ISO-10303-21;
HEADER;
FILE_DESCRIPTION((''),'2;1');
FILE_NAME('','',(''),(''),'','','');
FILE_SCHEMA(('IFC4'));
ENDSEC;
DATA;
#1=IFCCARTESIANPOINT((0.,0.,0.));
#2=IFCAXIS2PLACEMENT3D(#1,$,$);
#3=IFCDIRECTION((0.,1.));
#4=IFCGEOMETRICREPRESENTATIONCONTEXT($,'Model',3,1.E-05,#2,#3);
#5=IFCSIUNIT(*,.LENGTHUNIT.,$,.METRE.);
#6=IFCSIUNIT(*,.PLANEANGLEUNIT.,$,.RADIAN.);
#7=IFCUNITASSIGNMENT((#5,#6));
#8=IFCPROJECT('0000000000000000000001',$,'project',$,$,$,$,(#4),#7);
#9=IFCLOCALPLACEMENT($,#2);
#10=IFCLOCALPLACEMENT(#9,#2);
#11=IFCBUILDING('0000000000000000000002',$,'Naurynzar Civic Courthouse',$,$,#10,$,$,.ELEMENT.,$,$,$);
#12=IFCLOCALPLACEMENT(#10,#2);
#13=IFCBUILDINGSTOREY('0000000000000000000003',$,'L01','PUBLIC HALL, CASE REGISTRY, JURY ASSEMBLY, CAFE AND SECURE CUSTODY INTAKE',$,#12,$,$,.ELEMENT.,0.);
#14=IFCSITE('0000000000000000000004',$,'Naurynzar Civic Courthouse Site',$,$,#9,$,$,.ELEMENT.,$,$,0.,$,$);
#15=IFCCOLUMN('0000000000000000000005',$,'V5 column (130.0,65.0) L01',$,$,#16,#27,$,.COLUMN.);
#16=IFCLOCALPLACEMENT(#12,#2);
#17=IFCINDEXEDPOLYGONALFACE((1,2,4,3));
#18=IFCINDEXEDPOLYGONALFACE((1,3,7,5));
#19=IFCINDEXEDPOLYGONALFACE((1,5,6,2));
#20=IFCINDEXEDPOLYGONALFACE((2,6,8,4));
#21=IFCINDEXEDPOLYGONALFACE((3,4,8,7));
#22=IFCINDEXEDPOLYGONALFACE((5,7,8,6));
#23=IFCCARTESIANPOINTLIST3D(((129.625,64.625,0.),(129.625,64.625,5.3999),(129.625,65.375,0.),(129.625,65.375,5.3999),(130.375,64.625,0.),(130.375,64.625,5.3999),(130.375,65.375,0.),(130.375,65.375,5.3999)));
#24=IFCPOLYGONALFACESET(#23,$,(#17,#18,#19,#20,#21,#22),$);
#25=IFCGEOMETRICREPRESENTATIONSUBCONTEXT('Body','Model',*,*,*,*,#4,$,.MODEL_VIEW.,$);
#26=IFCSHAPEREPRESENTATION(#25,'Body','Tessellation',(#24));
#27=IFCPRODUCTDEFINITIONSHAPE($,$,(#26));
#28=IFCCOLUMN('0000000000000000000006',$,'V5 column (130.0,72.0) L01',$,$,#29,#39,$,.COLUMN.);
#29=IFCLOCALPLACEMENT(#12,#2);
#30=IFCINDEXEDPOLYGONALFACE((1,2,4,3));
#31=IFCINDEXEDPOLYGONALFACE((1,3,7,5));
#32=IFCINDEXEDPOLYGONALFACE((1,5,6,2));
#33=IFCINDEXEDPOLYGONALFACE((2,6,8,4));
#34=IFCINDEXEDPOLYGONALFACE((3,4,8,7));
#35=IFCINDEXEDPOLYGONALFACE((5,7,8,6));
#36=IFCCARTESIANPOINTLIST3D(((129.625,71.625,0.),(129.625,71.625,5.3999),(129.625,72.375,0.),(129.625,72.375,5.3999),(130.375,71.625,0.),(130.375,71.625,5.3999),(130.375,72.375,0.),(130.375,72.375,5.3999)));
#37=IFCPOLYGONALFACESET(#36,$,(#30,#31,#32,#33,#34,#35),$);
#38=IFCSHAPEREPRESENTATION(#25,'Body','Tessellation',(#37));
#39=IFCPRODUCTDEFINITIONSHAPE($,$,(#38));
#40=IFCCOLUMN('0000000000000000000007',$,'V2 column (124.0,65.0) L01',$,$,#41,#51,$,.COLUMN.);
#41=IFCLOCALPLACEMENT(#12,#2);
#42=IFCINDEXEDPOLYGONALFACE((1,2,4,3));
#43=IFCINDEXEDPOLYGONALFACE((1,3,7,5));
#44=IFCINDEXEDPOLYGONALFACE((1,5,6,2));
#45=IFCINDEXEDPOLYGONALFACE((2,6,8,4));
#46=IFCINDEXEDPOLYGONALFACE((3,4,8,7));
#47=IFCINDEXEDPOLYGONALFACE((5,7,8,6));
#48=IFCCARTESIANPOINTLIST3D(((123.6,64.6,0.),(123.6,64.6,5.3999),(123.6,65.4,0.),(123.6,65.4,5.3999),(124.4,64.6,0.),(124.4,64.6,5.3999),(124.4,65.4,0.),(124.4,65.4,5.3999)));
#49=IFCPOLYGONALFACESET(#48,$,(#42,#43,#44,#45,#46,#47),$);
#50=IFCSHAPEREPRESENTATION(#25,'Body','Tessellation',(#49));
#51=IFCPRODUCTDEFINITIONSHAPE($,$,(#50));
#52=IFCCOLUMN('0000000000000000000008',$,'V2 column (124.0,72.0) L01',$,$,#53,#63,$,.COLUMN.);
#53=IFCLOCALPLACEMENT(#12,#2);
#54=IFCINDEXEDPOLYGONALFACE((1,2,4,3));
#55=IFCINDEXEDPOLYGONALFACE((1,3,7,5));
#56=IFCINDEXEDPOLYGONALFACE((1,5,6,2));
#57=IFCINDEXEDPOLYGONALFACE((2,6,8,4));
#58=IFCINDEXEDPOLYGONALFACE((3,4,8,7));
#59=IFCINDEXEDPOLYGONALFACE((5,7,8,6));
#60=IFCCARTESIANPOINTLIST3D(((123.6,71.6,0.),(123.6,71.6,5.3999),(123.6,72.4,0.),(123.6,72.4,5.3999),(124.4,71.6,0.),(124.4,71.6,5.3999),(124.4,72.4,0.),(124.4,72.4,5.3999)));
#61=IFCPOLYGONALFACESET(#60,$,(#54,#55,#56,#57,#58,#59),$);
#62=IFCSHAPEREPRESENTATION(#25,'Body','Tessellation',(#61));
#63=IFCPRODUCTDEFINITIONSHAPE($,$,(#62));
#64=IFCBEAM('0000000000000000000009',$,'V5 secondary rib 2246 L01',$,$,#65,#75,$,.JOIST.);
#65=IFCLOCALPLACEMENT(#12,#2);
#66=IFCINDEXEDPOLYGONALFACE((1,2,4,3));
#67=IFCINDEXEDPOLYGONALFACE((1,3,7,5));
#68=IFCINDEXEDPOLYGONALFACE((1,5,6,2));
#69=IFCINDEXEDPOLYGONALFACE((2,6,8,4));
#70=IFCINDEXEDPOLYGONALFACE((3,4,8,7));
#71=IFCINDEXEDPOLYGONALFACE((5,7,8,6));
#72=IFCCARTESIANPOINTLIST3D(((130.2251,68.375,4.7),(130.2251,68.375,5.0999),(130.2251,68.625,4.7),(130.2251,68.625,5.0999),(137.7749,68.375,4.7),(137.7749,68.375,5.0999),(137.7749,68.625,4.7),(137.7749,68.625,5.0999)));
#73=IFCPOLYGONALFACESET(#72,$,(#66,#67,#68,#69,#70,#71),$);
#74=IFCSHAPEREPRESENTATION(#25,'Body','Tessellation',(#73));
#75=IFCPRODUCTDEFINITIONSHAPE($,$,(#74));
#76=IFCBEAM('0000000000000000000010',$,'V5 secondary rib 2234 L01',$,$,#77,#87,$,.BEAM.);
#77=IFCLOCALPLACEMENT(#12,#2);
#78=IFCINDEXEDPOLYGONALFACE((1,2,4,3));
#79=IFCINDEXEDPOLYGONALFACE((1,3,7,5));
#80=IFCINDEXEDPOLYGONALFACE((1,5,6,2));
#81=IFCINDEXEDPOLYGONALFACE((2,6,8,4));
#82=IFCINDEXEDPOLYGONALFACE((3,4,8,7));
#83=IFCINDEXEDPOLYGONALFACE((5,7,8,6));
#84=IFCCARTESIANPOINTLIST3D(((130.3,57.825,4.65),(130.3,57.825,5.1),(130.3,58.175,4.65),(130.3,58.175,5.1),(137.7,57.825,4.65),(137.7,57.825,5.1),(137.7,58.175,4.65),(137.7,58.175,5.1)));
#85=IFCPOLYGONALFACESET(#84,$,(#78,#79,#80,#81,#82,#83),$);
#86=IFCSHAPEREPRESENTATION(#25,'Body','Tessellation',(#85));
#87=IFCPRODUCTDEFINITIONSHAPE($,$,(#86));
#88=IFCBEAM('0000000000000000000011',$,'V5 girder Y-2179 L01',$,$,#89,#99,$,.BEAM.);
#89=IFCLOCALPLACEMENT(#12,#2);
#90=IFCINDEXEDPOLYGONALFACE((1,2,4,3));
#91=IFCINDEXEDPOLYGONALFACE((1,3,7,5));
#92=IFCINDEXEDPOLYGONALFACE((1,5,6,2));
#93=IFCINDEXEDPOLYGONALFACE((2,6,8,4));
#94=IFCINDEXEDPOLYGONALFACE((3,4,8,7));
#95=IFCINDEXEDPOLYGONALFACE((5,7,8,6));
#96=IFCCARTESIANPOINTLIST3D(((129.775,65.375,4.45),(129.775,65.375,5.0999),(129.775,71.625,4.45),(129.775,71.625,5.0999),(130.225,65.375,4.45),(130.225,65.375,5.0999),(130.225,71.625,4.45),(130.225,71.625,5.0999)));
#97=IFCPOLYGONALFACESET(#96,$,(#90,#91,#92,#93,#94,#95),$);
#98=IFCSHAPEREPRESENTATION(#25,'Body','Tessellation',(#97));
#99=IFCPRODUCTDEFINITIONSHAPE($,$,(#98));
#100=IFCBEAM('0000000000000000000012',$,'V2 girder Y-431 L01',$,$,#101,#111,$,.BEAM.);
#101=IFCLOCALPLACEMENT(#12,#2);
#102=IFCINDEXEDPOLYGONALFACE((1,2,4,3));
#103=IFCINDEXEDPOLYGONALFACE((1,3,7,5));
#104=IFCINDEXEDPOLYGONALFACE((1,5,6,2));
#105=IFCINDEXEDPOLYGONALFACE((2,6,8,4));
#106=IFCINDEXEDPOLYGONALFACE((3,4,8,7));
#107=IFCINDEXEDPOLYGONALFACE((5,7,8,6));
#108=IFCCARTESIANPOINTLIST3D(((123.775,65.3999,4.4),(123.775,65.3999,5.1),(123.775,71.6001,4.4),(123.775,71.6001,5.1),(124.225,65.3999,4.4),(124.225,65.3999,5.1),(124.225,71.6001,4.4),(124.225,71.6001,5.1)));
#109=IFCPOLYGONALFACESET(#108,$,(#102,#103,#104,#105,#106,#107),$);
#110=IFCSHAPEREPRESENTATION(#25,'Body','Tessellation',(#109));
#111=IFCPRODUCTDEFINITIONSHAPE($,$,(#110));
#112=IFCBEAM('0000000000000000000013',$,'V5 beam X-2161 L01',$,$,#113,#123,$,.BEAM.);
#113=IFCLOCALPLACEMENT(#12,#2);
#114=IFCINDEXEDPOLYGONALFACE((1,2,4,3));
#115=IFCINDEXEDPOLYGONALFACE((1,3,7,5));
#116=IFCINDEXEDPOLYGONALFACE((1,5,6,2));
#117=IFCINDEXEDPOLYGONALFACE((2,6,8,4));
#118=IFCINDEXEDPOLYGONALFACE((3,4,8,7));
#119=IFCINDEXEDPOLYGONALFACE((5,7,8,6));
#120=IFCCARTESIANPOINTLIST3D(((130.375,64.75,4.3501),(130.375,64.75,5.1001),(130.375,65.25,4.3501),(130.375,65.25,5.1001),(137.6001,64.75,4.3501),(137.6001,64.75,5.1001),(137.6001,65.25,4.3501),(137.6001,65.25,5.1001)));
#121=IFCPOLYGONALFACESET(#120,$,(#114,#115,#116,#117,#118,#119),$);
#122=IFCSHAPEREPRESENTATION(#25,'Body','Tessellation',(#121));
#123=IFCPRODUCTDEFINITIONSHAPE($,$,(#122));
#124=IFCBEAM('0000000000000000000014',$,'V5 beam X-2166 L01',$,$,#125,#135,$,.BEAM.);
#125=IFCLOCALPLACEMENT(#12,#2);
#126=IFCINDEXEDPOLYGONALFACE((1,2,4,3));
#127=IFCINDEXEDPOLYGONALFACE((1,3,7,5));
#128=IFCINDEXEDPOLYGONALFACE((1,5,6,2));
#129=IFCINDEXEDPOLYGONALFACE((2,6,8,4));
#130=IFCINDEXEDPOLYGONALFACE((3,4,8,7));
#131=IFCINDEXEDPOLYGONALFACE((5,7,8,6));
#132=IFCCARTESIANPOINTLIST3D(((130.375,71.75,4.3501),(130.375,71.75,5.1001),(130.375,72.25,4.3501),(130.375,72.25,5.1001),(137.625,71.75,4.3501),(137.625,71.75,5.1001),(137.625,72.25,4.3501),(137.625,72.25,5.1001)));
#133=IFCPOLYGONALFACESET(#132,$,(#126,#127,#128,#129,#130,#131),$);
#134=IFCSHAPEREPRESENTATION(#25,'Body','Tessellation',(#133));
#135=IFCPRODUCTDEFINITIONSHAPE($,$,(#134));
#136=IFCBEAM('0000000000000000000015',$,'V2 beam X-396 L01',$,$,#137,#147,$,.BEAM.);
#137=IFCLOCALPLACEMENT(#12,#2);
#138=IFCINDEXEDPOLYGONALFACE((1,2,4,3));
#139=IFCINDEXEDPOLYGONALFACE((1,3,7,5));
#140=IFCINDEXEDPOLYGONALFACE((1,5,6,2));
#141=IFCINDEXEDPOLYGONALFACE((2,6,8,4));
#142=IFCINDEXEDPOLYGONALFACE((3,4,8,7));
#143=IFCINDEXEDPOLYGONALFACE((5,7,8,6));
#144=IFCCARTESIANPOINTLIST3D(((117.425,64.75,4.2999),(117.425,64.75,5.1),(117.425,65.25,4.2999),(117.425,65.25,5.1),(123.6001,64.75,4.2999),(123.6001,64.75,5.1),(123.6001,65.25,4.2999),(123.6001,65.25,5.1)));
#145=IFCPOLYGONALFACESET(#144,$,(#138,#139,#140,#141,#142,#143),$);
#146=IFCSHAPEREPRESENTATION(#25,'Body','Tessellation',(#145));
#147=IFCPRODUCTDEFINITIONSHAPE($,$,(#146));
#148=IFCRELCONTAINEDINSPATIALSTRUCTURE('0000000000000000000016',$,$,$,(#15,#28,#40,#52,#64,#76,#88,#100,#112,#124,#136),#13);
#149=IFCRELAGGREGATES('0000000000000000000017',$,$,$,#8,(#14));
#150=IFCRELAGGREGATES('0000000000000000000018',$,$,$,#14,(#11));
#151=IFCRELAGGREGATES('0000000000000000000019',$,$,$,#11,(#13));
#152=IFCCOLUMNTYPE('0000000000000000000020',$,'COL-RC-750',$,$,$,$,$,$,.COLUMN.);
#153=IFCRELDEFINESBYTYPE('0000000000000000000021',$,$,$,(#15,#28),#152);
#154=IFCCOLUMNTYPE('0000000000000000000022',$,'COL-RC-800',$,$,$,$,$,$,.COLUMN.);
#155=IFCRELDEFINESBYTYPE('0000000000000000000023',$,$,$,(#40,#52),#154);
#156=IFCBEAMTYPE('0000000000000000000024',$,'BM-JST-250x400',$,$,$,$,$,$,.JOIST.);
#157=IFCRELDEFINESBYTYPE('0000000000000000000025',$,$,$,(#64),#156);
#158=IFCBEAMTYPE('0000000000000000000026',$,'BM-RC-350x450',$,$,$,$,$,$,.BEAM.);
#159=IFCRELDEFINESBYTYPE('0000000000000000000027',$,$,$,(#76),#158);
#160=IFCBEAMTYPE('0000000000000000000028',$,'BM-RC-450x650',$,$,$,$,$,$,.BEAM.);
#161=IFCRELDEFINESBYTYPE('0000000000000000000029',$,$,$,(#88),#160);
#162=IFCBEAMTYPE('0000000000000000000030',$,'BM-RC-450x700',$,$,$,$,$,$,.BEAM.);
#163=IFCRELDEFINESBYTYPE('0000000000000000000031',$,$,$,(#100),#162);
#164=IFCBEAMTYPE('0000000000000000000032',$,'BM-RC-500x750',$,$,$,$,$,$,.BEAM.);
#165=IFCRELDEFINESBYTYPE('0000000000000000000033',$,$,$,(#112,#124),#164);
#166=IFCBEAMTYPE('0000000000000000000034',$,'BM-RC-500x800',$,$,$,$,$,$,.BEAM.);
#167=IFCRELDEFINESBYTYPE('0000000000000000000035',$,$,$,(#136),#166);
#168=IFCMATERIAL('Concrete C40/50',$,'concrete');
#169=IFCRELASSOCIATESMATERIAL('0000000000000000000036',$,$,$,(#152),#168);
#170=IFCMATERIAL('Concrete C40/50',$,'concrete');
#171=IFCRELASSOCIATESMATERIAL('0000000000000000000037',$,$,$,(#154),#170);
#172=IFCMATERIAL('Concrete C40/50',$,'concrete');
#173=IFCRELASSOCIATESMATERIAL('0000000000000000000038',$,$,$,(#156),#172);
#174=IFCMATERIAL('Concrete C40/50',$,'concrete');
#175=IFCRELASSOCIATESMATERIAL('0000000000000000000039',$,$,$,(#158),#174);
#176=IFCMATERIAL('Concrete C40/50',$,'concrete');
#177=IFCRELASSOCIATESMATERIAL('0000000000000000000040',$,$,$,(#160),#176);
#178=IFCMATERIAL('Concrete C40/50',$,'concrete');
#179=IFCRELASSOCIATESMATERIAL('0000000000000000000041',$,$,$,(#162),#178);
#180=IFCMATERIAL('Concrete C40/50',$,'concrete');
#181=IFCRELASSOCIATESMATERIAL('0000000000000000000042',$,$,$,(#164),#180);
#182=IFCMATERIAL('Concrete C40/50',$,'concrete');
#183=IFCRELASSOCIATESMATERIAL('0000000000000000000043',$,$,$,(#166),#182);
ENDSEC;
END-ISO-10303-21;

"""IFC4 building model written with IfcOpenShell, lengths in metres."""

from ifc_helpers import new_model, si_unit, direction, frame, origin, origin_2d, place, context, subcontext, project, spatial, rectangle, extrude, material, material_profile, profile_set, type_object, element, save


model = new_model("IFC4")

# Units and contexts
model_context = context("Model", 3, precision=1e-05, world=origin(), true_north=direction((0.0, 1.0)))
body_context = subcontext(model_context, "Body", "Model", "MODEL_VIEW")
ifc_project = project(units=[si_unit("LENGTHUNIT", "METRE"), si_unit("PLANEANGLEUNIT", "RADIAN")], contexts=[model_context])

# Site, building, storey
site_placement = place(None, origin())
site = spatial("IfcSite", under=ifc_project, at=site_placement, Name="Naurynzar Civic Courthouse Site", CompositionType="ELEMENT", RefElevation=0.0)
building_placement = place(site_placement, origin())
building = spatial("IfcBuilding", under=site, at=building_placement, Name="Naurynzar Civic Courthouse", CompositionType="ELEMENT")
storey_placement = place(building_placement, origin())
storey = spatial("IfcBuildingStorey", under=building, at=storey_placement, Name="L01", Description="PUBLIC HALL, CASE REGISTRY, JURY ASSEMBLY, CAFE AND SECURE CUSTODY INTAKE", CompositionType="ELEMENT", Elevation=0.0)

# Columns
ifc_material_1 = material(Name="Concrete C40/50", Category="concrete")
ifc_material_profile_1 = material_profile(ifc_material_1, rectangle(XDim=0.75, YDim=0.75, at=origin_2d()), Name="RC 750x750")
ifc_profile_set_1 = profile_set([ifc_material_profile_1], Name="Concrete C40/50")
column_type_1 = type_object("IfcColumnType", Name="COL-RC-750", PredefinedType="COLUMN", material=ifc_profile_set_1)
for number, where, z_axis, x_axis, name in (
    (1, (130.0, 65.0, 0.0), (0.0, 0.0, 1.0), (1.0, 0.0, 0.0), "V5 column (130.0,65.0) L01"),
    (2, (130.0, 72.0, 0.0), (0.0, 0.0, 1.0), (1.0, 0.0, 0.0), "V5 column (130.0,72.0) L01"),
):
    element("IfcColumn", number, at=place(storey_placement, frame(where, z_axis=z_axis, x_axis=x_axis)), inside=storey, type_object=column_type_1, Name=name, PredefinedType="COLUMN", context=body_context, shape_type="SweptSolid", body=[
        extrude(rectangle(XDim=0.75, YDim=0.75, at=origin_2d()), origin(), (0.0, 0.0, 1.0), 5.3999),
    ])
ifc_material_2 = material(Name="Concrete C40/50", Category="concrete")
ifc_material_profile_2 = material_profile(ifc_material_2, rectangle(XDim=0.8, YDim=0.8, at=origin_2d()), Name="RC 800x800")
ifc_profile_set_2 = profile_set([ifc_material_profile_2], Name="Concrete C40/50")
column_type_2 = type_object("IfcColumnType", Name="COL-RC-800", PredefinedType="COLUMN", material=ifc_profile_set_2)
for number, where, z_axis, x_axis, name in (
    (3, (124.0, 65.0, 0.0), (0.0, 0.0, 1.0), (1.0, 0.0, 0.0), "V2 column (124.0,65.0) L01"),
    (4, (124.0, 72.0, 0.0), (0.0, 0.0, 1.0), (1.0, 0.0, 0.0), "V2 column (124.0,72.0) L01"),
):
    element("IfcColumn", number, at=place(storey_placement, frame(where, z_axis=z_axis, x_axis=x_axis)), inside=storey, type_object=column_type_2, Name=name, PredefinedType="COLUMN", context=body_context, shape_type="SweptSolid", body=[
        extrude(rectangle(XDim=0.8, YDim=0.8, at=origin_2d()), origin(), (0.0, 0.0, 1.0), 5.3999),
    ])

# Beams
ifc_material_3 = material(Name="Concrete C40/50", Category="concrete")
ifc_material_profile_3 = material_profile(ifc_material_3, rectangle(XDim=0.25, YDim=0.3999, at=origin_2d()), Name="RCB 250x400")
ifc_profile_set_3 = profile_set([ifc_material_profile_3], Name="Concrete C40/50")
beam_type_1 = type_object("IfcBeamType", Name="BM-JST-250x400", PredefinedType="JOIST", material=ifc_profile_set_3)
beam_1_placement = place(storey_placement, frame((130.2251, 68.5, 4.8999), z_axis=(1.0, 0.0, 0.0), x_axis=(0.0, 1.0, 0.0)))
element("IfcBeam", 5, at=beam_1_placement, inside=storey, type_object=beam_type_1, Name="V5 secondary rib 2246 L01", PredefinedType="JOIST", context=body_context, shape_type="SweptSolid", body=[
    extrude(rectangle(XDim=0.25, YDim=0.3999, at=origin_2d()), origin(), (0.0, 0.0, 1.0), 7.5498),
])
ifc_material_4 = material(Name="Concrete C40/50", Category="concrete")
ifc_material_profile_4 = material_profile(ifc_material_4, rectangle(XDim=0.3501, YDim=0.45, at=origin_2d()), Name="RCB 350x450")
ifc_profile_set_4 = profile_set([ifc_material_profile_4], Name="Concrete C40/50")
beam_type_2 = type_object("IfcBeamType", Name="BM-RC-350x450", PredefinedType="BEAM", material=ifc_profile_set_4)
beam_2_placement = place(storey_placement, frame((130.3, 58.0, 4.875), z_axis=(1.0, 0.0, 0.0), x_axis=(0.0, 1.0, 0.0)))
element("IfcBeam", 6, at=beam_2_placement, inside=storey, type_object=beam_type_2, Name="V5 secondary rib 2234 L01", PredefinedType="BEAM", context=body_context, shape_type="SweptSolid", body=[
    extrude(rectangle(XDim=0.3501, YDim=0.45, at=origin_2d()), origin(), (0.0, 0.0, 1.0), 7.3999),
])
ifc_material_5 = material(Name="Concrete C40/50", Category="concrete")
ifc_material_profile_5 = material_profile(ifc_material_5, rectangle(XDim=0.45, YDim=0.6499, at=origin_2d()), Name="RCB 450x650")
ifc_profile_set_5 = profile_set([ifc_material_profile_5], Name="Concrete C40/50")
beam_type_3 = type_object("IfcBeamType", Name="BM-RC-450x650", PredefinedType="BEAM", material=ifc_profile_set_5)
beam_3_placement = place(storey_placement, frame((130.0, 65.375, 4.7749), z_axis=(0.0, 1.0, 0.0), x_axis=(-1.0, 0.0, 0.0)))
element("IfcBeam", 7, at=beam_3_placement, inside=storey, type_object=beam_type_3, Name="V5 girder Y-2179 L01", PredefinedType="BEAM", context=body_context, shape_type="SweptSolid", body=[
    extrude(rectangle(XDim=0.45, YDim=0.6499, at=origin_2d()), origin(), (0.0, 0.0, 1.0), 6.25),
])
ifc_material_6 = material(Name="Concrete C40/50", Category="concrete")
ifc_material_profile_6 = material_profile(ifc_material_6, rectangle(XDim=0.45, YDim=0.7, at=origin_2d()), Name="RCB 450x700")
ifc_profile_set_6 = profile_set([ifc_material_profile_6], Name="Concrete C40/50")
beam_type_4 = type_object("IfcBeamType", Name="BM-RC-450x700", PredefinedType="BEAM", material=ifc_profile_set_6)
beam_4_placement = place(storey_placement, frame((124.0, 65.3999, 4.75), z_axis=(0.0, 1.0, 0.0), x_axis=(-1.0, 0.0, 0.0)))
element("IfcBeam", 8, at=beam_4_placement, inside=storey, type_object=beam_type_4, Name="V2 girder Y-431 L01", PredefinedType="BEAM", context=body_context, shape_type="SweptSolid", body=[
    extrude(rectangle(XDim=0.45, YDim=0.7, at=origin_2d()), origin(), (0.0, 0.0, 1.0), 6.2002),
])
ifc_material_7 = material(Name="Concrete C40/50", Category="concrete")
ifc_material_profile_7 = material_profile(ifc_material_7, rectangle(XDim=0.5, YDim=0.75, at=origin_2d()), Name="RCB 500x750")
ifc_profile_set_7 = profile_set([ifc_material_profile_7], Name="Concrete C40/50")
beam_type_5 = type_object("IfcBeamType", Name="BM-RC-500x750", PredefinedType="BEAM", material=ifc_profile_set_7)
beam_5_placement = place(storey_placement, frame((130.375, 65.0, 4.7251), z_axis=(1.0, 0.0, 0.0), x_axis=(0.0, 1.0, 0.0)))
element("IfcBeam", 9, at=beam_5_placement, inside=storey, type_object=beam_type_5, Name="V5 beam X-2161 L01", PredefinedType="BEAM", context=body_context, shape_type="SweptSolid", body=[
    extrude(rectangle(XDim=0.5, YDim=0.75, at=origin_2d()), origin(), (0.0, 0.0, 1.0), 7.2251),
])
beam_6_placement = place(storey_placement, frame((130.375, 72.0, 4.7251), z_axis=(1.0, 0.0, 0.0), x_axis=(0.0, 1.0, 0.0)))
element("IfcBeam", 10, at=beam_6_placement, inside=storey, type_object=beam_type_5, Name="V5 beam X-2166 L01", PredefinedType="BEAM", context=body_context, shape_type="SweptSolid", body=[
    extrude(rectangle(XDim=0.5, YDim=0.75, at=origin_2d()), origin(), (0.0, 0.0, 1.0), 7.25),
])
ifc_material_8 = material(Name="Concrete C40/50", Category="concrete")
ifc_material_profile_8 = material_profile(ifc_material_8, rectangle(XDim=0.5, YDim=0.8, at=origin_2d()), Name="RCB 500x800")
ifc_profile_set_8 = profile_set([ifc_material_profile_8], Name="Concrete C40/50")
beam_type_6 = type_object("IfcBeamType", Name="BM-RC-500x800", PredefinedType="BEAM", material=ifc_profile_set_8)
beam_7_placement = place(storey_placement, frame((117.425, 65.0, 4.7), z_axis=(1.0, 0.0, 0.0), x_axis=(0.0, 1.0, 0.0)))
element("IfcBeam", 11, at=beam_7_placement, inside=storey, type_object=beam_type_6, Name="V2 beam X-396 L01", PredefinedType="BEAM", context=body_context, shape_type="SweptSolid", body=[
    extrude(rectangle(XDim=0.5, YDim=0.8, at=origin_2d()), origin(), (0.0, 0.0, 1.0), 6.175),
])

save(model, "model.ifc")
